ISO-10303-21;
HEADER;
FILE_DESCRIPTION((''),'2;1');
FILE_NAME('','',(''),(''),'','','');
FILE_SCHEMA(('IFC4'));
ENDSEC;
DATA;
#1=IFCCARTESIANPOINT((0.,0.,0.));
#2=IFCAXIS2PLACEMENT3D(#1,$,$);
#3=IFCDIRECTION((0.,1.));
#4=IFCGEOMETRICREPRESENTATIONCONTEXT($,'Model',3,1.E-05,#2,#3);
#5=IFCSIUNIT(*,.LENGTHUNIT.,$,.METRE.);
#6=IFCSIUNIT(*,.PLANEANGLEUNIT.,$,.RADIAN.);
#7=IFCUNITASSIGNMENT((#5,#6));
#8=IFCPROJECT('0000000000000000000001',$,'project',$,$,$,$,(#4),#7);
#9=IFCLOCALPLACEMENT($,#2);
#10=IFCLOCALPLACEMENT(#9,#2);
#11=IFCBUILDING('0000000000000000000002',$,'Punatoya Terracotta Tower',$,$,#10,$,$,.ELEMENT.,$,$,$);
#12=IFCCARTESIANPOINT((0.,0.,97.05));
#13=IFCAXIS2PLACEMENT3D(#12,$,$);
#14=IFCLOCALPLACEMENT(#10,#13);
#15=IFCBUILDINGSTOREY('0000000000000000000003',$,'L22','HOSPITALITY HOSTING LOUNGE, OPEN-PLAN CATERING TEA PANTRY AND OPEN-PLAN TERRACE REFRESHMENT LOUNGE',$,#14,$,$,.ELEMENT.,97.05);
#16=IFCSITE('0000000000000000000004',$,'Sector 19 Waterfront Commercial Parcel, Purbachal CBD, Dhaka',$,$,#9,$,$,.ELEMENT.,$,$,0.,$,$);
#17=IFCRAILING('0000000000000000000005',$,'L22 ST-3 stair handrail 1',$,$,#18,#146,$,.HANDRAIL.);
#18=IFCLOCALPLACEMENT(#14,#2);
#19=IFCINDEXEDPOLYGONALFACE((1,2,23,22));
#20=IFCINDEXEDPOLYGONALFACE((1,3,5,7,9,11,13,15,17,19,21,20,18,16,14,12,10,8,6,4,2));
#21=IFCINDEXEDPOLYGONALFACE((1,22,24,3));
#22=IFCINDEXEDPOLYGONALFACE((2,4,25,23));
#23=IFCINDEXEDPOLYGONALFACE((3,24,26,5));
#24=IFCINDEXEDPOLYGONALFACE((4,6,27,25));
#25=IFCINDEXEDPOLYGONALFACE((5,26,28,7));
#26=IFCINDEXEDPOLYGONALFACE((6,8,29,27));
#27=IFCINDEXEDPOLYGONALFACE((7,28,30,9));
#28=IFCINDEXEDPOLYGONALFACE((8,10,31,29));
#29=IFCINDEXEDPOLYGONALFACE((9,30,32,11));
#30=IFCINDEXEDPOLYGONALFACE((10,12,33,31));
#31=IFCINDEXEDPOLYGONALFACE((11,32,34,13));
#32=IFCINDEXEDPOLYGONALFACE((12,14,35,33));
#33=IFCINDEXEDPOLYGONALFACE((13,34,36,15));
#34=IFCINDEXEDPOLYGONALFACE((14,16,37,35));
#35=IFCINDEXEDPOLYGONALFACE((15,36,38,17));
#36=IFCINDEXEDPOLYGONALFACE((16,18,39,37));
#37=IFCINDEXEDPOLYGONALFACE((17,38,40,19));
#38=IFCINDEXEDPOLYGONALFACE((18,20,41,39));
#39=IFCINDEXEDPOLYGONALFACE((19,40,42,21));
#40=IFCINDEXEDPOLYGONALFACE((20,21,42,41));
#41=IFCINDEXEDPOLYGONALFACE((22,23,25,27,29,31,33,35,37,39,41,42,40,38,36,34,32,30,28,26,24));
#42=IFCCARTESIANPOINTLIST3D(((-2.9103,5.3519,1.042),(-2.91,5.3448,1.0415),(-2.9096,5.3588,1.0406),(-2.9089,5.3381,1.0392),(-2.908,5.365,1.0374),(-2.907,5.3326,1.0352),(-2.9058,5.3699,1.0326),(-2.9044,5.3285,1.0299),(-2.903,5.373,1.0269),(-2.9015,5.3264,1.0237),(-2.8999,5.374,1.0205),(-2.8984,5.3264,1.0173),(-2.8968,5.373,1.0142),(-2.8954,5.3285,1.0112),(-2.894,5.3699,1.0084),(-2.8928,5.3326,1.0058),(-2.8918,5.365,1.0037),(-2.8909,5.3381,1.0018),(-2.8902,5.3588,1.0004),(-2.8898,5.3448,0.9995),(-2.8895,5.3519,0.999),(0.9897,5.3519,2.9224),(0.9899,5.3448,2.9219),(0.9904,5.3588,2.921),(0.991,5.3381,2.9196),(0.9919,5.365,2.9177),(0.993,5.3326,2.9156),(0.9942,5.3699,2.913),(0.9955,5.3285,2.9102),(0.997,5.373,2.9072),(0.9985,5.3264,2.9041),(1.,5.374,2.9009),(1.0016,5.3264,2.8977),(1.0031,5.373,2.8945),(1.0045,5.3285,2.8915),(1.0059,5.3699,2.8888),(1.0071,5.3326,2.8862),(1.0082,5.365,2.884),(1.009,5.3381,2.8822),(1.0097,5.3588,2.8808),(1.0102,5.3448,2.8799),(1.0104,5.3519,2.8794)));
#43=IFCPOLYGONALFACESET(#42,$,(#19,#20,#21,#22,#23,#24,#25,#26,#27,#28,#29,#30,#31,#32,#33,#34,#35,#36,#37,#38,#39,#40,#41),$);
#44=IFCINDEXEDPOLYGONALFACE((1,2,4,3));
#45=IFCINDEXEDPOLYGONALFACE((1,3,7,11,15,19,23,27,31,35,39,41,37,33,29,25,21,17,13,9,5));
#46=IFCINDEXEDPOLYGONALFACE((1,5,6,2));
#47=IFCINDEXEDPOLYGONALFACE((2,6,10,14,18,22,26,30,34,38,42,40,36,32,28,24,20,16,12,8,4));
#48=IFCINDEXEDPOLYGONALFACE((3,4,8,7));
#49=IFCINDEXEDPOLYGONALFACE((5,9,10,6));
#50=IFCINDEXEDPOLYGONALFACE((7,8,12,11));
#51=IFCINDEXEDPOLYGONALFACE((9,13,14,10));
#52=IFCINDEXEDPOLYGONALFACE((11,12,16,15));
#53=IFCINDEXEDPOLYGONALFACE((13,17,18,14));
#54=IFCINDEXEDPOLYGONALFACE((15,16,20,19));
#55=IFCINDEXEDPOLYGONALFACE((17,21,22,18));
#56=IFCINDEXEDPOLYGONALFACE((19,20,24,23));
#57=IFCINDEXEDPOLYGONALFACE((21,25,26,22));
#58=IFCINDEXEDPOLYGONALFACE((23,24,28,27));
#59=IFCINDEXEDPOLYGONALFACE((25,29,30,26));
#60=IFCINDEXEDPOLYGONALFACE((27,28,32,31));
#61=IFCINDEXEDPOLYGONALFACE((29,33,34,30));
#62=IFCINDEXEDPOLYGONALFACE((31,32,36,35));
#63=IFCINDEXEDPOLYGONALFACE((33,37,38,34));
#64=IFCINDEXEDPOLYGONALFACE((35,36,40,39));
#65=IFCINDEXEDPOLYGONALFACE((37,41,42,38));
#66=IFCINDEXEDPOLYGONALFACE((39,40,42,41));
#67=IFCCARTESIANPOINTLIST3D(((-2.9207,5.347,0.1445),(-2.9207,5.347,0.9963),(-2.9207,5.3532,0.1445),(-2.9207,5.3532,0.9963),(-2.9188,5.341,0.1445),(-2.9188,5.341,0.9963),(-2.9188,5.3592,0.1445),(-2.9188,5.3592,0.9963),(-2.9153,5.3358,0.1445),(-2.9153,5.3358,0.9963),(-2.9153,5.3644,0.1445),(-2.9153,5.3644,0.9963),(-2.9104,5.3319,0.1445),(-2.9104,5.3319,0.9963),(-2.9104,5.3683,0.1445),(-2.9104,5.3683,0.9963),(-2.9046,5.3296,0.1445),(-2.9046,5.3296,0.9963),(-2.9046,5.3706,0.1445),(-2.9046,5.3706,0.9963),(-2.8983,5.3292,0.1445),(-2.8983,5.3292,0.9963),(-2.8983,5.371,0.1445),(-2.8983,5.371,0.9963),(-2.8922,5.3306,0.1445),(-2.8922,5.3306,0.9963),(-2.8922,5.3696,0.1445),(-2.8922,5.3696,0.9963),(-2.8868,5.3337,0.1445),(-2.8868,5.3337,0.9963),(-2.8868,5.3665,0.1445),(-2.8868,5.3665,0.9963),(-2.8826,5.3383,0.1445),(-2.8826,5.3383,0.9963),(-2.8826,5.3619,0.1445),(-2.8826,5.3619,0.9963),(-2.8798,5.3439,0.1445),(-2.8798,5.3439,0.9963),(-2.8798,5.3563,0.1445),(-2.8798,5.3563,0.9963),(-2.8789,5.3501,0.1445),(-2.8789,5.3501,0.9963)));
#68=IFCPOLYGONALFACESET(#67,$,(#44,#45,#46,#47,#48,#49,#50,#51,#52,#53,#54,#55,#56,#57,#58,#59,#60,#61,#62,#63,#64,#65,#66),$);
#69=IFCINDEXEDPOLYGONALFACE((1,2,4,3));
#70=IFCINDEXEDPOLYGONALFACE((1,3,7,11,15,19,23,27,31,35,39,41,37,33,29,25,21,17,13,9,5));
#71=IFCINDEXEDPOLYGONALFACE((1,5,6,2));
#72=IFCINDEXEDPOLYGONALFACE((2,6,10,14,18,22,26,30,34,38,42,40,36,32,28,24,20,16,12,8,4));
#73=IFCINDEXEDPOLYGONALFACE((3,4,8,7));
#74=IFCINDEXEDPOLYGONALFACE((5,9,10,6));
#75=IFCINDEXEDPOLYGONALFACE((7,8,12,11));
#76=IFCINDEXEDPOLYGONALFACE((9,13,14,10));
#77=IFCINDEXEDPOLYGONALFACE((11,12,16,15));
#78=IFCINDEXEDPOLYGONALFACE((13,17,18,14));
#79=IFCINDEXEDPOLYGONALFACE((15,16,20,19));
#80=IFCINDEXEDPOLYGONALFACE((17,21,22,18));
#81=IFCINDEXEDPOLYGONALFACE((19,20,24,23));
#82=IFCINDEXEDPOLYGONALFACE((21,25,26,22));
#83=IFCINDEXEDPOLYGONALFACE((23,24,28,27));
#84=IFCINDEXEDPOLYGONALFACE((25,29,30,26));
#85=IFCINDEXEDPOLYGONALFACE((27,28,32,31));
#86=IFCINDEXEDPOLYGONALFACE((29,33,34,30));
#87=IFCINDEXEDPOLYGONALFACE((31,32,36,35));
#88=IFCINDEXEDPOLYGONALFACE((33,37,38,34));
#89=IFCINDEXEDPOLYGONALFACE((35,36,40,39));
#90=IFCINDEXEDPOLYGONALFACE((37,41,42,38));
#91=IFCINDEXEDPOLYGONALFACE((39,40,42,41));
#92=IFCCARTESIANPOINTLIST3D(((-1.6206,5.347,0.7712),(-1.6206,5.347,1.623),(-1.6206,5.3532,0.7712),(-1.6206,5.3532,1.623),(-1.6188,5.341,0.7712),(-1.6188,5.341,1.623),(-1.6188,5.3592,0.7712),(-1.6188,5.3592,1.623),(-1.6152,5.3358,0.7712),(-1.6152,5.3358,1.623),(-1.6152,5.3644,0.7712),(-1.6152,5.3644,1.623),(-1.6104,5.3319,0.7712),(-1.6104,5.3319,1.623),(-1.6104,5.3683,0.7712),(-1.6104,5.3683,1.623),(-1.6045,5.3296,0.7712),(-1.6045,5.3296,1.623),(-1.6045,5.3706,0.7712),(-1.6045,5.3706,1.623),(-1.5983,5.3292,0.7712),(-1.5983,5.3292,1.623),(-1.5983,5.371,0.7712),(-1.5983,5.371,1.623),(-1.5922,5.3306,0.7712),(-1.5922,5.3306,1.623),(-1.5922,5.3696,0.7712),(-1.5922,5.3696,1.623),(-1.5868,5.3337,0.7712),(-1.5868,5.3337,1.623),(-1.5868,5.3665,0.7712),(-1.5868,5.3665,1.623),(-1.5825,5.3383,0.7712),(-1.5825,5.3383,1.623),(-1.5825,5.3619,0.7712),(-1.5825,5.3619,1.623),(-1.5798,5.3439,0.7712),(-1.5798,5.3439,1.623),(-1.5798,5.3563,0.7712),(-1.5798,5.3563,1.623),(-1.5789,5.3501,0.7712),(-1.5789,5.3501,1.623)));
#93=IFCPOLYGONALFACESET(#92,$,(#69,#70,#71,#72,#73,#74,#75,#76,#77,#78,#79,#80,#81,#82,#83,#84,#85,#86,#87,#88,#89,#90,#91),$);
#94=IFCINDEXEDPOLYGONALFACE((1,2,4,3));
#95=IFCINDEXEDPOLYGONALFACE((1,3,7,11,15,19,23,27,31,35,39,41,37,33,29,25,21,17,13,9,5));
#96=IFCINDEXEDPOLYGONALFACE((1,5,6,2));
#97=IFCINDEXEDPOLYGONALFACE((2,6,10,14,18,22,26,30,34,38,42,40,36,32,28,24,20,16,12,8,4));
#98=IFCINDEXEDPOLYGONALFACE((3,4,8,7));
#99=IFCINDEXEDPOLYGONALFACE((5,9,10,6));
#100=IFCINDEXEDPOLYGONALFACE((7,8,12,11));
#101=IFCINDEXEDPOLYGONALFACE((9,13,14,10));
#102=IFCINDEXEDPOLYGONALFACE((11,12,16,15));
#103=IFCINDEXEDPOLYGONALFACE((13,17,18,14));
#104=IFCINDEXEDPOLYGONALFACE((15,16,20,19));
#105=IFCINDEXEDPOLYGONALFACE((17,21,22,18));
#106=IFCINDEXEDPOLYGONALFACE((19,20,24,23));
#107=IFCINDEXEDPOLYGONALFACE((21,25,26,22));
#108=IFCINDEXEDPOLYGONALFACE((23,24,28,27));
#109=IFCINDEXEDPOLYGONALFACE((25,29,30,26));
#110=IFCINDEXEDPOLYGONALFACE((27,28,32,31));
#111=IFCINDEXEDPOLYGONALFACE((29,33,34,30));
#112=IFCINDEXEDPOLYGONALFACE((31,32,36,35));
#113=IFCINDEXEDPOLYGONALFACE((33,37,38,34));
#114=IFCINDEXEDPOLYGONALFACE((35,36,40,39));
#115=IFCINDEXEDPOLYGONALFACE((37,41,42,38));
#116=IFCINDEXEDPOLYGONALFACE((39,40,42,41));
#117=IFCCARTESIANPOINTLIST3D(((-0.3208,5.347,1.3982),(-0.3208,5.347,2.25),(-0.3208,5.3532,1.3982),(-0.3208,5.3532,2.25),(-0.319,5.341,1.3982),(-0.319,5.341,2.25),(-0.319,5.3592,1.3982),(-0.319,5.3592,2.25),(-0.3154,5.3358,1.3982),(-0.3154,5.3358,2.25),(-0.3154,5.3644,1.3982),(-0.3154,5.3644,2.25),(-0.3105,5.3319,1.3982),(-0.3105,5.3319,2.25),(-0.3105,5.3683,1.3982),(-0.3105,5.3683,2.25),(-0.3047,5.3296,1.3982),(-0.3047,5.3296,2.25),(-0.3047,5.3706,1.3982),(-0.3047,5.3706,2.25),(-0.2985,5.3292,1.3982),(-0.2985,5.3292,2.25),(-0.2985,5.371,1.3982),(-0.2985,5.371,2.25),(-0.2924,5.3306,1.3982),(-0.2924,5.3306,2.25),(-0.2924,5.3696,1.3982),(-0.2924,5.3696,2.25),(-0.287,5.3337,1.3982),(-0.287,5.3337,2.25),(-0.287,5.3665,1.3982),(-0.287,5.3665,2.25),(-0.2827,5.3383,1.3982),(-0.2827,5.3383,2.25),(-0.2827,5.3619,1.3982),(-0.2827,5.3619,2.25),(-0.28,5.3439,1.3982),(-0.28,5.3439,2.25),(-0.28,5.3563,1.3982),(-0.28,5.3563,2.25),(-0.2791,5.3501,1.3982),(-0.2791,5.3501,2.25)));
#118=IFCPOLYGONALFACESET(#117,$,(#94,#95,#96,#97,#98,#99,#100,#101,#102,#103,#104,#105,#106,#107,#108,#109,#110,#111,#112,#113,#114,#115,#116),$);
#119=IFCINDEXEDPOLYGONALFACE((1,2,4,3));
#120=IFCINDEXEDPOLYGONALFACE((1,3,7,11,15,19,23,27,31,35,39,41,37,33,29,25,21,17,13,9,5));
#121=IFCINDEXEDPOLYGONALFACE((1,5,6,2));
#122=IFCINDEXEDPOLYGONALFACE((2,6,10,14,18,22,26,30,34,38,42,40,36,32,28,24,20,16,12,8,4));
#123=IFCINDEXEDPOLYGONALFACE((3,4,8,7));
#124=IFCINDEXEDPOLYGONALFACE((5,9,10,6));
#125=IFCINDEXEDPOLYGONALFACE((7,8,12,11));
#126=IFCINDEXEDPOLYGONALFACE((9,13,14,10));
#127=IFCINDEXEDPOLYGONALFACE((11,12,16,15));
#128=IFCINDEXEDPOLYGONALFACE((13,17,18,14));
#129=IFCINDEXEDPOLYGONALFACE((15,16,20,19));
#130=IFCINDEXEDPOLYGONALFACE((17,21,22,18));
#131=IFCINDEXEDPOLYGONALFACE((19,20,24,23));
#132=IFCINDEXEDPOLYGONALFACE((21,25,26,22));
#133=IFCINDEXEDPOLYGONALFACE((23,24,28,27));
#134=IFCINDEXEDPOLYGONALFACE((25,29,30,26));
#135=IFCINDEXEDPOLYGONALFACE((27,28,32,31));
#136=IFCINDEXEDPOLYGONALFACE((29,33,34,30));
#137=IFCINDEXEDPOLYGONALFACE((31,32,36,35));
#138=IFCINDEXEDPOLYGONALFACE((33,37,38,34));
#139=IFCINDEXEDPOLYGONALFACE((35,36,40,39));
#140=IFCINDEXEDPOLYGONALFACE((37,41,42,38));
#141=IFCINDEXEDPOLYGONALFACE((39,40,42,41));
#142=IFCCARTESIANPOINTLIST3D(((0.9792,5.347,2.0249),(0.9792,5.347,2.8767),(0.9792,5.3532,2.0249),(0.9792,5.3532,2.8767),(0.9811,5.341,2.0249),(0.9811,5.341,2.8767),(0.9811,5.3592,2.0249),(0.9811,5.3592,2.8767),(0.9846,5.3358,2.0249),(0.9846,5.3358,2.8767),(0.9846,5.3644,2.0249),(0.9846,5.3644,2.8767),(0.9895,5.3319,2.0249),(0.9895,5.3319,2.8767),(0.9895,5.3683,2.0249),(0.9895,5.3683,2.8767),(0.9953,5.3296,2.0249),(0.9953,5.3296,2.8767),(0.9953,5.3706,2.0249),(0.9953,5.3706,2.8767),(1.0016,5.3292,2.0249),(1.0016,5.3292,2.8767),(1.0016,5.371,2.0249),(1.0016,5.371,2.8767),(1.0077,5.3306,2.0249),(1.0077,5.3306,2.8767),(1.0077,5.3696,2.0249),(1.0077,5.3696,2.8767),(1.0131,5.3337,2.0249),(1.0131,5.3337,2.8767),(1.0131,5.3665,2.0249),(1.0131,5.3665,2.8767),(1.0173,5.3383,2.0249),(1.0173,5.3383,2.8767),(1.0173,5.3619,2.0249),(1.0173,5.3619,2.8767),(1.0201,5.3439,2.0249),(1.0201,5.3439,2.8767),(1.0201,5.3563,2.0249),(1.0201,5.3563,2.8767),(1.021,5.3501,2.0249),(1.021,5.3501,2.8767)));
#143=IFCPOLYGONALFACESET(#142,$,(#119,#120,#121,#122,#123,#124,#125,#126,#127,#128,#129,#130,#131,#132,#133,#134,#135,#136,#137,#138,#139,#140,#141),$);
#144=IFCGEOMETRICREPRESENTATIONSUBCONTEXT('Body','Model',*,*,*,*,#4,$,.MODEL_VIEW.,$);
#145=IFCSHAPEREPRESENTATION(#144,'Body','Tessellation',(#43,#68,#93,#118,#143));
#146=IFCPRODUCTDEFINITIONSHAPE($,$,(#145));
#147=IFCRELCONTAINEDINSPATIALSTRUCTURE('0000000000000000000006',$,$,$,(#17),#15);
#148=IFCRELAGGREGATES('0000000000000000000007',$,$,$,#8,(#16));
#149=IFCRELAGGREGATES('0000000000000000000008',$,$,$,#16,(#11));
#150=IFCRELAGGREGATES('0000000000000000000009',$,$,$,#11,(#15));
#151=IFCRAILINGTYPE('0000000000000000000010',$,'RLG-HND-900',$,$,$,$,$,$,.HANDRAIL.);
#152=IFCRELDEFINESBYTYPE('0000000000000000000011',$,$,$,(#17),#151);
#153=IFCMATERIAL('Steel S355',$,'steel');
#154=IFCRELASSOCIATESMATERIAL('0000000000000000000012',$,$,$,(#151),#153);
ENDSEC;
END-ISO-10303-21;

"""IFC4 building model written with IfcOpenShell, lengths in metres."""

from ifc_helpers import new_model, si_unit, direction, frame, origin, origin_2d, place, context, subcontext, project, spatial, circle, extrude, material, type_object, element, save


model = new_model("IFC4")

# Units and contexts
model_context = context("Model", 3, precision=1e-05, world=origin(), true_north=direction((0.0, 1.0)))
body_context = subcontext(model_context, "Body", "Model", "MODEL_VIEW")
ifc_project = project(units=[si_unit("LENGTHUNIT", "METRE"), si_unit("PLANEANGLEUNIT", "RADIAN")], contexts=[model_context])

# Site, building, storey
site_placement = place(None, origin())
site = spatial("IfcSite", under=ifc_project, at=site_placement, Name="Sector 19 Waterfront Commercial Parcel, Purbachal CBD, Dhaka", CompositionType="ELEMENT", RefElevation=0.0)
building_placement = place(site_placement, origin())
building = spatial("IfcBuilding", under=site, at=building_placement, Name="Punatoya Terracotta Tower", CompositionType="ELEMENT")
storey_placement = place(building_placement, frame((0.0, 0.0, 97.05)))
storey = spatial("IfcBuildingStorey", under=building, at=storey_placement, Name="L22", Description="HOSPITALITY HOSTING LOUNGE, OPEN-PLAN CATERING TEA PANTRY AND OPEN-PLAN TERRACE REFRESHMENT LOUNGE", CompositionType="ELEMENT", Elevation=97.05)

# Shared definitions
ifc_material_1 = material(Name="Steel S355", Category="steel")

# Railing
railing_type_1 = type_object("IfcRailingType", Name="RLG-HND-900", PredefinedType="HANDRAIL", material=ifc_material_1)
railing_1_placement = place(storey_placement, frame((-2.8999, 5.3501, 0.1445)))
element("IfcRailing", 1, at=railing_1_placement, inside=storey, type_object=railing_type_1, Name="L22 ST-3 stair handrail 1", PredefinedType="HANDRAIL", context=body_context, shape_type="SweptSolid", body=[
    extrude(circle(Radius=0.0239, at=origin_2d()), frame((0.0, 0.0, 0.876), z_axis=(0.900763, 0.0, 0.434311), x_axis=(0.0, 1.0, 0.0)), (0.0, 0.0, 1.0), 4.3296),
    extrude(circle(Radius=0.021, at=origin_2d()), origin(), (0.0, 0.0, 1.0), 0.8518),
    extrude(circle(Radius=0.021, at=origin_2d()), frame((1.3, 0.0, 0.6267)), (0.0, 0.0, 1.0), 0.8518),
    extrude(circle(Radius=0.021, at=origin_2d()), frame((2.5999, 0.0, 1.2537)), (0.0, 0.0, 1.0), 0.8518),
    extrude(circle(Radius=0.021, at=origin_2d()), frame((3.8999, 0.0, 1.8804)), (0.0, 0.0, 1.0), 0.8518),
])

save(model, "model.ifc")
